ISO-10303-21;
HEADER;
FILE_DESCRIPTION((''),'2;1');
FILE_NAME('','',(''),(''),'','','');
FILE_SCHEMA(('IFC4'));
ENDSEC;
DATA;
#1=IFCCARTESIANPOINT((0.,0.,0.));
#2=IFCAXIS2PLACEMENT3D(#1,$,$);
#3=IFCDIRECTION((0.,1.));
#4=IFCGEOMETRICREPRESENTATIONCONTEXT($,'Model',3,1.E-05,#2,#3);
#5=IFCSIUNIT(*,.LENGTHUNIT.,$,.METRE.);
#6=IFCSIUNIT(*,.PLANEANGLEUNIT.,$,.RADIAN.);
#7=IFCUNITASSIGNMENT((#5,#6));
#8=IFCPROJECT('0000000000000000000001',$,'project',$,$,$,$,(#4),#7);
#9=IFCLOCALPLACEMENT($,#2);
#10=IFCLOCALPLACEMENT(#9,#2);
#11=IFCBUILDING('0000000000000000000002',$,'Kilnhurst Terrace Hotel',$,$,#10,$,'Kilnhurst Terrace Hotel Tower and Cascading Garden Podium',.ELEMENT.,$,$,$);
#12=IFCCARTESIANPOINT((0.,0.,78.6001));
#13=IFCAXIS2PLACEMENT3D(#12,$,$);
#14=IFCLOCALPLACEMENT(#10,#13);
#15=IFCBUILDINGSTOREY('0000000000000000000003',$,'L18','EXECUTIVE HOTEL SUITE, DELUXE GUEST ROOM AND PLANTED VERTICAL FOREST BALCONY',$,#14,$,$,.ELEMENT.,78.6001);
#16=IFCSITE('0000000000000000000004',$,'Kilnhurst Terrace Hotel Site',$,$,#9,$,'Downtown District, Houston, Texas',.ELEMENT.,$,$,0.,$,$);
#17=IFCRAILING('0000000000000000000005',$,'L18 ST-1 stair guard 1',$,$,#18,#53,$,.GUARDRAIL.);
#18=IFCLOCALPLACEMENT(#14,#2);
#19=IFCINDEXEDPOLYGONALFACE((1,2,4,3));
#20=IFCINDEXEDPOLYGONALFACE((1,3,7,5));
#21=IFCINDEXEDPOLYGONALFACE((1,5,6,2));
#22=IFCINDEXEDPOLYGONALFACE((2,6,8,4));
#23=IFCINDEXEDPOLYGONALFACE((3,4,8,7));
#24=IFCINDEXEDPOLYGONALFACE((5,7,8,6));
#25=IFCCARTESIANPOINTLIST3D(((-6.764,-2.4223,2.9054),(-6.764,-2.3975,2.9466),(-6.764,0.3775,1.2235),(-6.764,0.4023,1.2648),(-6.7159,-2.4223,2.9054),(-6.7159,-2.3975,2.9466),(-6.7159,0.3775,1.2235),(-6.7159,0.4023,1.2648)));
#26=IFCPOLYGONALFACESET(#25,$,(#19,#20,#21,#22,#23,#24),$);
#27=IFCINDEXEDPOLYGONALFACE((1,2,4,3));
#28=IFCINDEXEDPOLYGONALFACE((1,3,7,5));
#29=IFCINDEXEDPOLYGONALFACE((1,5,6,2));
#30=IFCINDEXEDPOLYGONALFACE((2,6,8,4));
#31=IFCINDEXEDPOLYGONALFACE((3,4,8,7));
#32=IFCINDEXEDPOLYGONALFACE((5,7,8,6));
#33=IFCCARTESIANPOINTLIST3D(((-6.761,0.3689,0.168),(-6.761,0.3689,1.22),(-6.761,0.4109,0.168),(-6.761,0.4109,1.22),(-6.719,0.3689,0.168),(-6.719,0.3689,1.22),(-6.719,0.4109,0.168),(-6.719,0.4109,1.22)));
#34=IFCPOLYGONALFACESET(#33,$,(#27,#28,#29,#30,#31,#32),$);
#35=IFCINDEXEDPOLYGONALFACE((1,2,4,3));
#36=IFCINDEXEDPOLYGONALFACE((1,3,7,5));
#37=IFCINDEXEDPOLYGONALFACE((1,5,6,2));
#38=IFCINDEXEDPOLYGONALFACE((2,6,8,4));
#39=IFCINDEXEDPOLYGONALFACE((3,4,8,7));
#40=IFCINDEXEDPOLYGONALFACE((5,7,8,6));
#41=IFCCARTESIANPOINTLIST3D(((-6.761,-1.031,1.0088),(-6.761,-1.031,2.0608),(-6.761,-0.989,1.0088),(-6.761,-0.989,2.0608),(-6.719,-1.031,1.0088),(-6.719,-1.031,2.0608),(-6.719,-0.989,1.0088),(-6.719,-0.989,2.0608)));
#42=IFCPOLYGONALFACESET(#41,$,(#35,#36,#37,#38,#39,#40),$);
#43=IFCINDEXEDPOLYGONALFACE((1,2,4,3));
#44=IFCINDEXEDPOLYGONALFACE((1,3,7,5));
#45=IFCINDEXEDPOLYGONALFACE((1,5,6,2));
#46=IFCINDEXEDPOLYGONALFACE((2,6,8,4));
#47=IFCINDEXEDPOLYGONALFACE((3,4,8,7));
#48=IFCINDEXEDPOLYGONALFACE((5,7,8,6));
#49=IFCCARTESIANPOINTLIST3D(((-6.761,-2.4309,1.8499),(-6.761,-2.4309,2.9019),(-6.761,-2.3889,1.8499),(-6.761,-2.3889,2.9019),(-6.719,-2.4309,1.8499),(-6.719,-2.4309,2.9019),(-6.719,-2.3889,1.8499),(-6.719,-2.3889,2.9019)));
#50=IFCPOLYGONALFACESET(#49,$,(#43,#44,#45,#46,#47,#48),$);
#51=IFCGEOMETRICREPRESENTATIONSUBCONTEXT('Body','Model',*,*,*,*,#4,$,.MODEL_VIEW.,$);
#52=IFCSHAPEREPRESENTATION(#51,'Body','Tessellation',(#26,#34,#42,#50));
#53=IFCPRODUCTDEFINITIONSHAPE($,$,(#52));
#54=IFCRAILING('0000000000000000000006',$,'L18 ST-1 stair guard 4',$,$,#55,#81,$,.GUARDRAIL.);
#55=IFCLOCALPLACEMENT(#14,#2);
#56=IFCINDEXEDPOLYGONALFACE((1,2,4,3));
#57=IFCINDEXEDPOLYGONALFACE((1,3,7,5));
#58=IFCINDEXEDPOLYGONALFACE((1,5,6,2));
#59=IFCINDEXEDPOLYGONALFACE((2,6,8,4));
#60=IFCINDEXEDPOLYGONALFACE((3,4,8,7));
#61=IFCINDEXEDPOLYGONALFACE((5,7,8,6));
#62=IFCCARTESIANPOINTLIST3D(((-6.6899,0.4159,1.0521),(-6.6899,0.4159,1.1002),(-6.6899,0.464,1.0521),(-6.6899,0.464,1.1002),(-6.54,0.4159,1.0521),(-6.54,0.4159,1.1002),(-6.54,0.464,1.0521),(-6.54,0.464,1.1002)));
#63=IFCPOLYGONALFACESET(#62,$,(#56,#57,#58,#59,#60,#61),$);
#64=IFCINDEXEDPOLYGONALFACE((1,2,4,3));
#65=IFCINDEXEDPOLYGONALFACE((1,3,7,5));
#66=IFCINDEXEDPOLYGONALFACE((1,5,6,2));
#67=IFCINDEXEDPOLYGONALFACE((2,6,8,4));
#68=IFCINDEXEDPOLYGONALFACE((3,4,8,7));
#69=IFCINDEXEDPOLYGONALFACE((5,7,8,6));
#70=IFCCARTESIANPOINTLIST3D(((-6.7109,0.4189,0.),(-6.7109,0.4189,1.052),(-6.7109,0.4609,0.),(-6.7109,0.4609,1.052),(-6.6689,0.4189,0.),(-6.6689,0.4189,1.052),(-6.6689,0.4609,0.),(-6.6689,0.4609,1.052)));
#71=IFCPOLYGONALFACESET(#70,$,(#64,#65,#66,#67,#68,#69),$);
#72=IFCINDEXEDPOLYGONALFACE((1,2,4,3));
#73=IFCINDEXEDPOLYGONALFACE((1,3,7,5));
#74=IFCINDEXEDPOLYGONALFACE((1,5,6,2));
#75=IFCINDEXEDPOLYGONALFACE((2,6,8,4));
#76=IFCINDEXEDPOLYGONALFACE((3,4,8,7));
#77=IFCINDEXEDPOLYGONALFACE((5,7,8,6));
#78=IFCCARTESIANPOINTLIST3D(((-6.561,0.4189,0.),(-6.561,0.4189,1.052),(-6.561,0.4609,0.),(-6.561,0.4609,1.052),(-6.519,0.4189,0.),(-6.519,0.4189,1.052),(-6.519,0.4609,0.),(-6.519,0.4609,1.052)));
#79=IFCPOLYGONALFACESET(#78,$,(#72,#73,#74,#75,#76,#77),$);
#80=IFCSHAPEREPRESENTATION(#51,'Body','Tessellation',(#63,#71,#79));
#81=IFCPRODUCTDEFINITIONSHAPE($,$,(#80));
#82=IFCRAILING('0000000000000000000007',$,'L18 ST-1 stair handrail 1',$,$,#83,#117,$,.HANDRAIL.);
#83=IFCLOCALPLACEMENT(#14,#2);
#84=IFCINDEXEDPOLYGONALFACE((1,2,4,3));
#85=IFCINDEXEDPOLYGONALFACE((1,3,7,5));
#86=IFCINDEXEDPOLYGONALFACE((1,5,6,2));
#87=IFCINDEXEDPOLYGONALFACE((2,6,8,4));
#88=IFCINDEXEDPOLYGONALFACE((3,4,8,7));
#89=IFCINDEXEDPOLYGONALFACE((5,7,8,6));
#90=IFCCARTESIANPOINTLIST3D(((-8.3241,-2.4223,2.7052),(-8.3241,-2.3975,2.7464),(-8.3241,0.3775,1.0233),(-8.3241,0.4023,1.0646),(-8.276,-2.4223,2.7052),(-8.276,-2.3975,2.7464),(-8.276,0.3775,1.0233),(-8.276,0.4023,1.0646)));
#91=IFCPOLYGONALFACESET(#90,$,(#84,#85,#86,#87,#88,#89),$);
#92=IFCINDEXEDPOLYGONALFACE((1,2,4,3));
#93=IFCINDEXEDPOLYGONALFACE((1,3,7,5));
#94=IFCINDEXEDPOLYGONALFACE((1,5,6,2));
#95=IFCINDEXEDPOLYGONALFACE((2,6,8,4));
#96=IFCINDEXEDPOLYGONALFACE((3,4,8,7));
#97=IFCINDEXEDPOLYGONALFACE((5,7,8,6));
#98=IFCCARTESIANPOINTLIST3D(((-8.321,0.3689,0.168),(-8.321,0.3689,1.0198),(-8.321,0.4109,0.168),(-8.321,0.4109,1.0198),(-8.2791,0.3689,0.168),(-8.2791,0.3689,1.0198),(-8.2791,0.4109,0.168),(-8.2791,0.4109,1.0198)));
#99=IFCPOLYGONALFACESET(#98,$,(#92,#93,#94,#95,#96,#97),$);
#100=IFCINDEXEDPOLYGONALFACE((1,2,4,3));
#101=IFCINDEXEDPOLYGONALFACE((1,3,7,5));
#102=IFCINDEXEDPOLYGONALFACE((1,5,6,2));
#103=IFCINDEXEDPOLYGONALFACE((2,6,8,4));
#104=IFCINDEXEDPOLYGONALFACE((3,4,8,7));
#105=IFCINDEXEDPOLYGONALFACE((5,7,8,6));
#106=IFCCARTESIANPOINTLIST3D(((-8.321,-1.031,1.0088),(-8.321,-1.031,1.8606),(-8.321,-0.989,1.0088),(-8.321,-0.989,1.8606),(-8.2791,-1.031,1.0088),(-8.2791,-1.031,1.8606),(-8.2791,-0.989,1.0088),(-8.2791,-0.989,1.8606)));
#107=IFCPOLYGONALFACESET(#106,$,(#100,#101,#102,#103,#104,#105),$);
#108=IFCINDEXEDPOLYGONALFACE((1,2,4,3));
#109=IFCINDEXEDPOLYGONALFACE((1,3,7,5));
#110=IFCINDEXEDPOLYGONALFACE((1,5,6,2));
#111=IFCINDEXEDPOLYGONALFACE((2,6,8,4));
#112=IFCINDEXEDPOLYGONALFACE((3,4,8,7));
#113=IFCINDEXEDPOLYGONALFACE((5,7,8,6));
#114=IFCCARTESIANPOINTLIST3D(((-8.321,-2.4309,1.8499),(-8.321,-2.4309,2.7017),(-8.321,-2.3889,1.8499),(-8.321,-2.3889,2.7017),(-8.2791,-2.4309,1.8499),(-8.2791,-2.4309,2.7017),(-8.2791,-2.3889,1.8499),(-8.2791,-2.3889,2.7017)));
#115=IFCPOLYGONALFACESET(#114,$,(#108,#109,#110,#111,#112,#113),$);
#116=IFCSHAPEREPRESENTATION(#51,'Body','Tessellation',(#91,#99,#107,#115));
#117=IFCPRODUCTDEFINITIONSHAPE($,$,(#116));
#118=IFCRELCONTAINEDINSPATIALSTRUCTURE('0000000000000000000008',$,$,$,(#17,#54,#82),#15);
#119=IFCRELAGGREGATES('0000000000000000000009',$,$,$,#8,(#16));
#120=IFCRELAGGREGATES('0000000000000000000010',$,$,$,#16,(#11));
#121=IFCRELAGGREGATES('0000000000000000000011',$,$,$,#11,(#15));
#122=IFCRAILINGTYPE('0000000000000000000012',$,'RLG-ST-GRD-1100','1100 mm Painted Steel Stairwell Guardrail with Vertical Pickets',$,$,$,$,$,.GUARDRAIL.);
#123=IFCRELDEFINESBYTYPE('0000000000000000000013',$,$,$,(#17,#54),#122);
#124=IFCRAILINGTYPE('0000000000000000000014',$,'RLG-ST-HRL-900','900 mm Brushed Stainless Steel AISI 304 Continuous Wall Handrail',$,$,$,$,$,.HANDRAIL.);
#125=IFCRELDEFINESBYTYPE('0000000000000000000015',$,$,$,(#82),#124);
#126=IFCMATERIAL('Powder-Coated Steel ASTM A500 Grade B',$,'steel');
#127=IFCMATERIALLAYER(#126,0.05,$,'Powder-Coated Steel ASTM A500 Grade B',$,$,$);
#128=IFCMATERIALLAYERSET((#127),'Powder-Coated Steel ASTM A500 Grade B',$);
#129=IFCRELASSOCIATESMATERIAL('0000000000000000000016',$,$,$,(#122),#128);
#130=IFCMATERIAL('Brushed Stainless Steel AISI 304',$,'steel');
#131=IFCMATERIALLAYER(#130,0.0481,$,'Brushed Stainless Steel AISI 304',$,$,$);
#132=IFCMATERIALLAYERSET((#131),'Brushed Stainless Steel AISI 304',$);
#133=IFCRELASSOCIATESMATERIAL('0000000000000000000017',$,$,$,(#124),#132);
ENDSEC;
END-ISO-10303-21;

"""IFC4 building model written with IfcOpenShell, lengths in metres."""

from ifc_helpers import new_model, si_unit, direction, frame, origin, origin_2d, place, context, subcontext, project, spatial, rectangle, extrude, material, layer, layer_set, type_object, element, save


model = new_model("IFC4")

# Units and contexts
model_context = context("Model", 3, precision=1e-05, world=origin(), true_north=direction((0.0, 1.0)))
body_context = subcontext(model_context, "Body", "Model", "MODEL_VIEW")
ifc_project = project(units=[si_unit("LENGTHUNIT", "METRE"), si_unit("PLANEANGLEUNIT", "RADIAN")], contexts=[model_context])

# Site, building, storey
site_placement = place(None, origin())
site = spatial("IfcSite", under=ifc_project, at=site_placement, Name="Kilnhurst Terrace Hotel Site", LongName="Downtown District, Houston, Texas", CompositionType="ELEMENT", RefElevation=0.0)
building_placement = place(site_placement, origin())
building = spatial("IfcBuilding", under=site, at=building_placement, Name="Kilnhurst Terrace Hotel", LongName="Kilnhurst Terrace Hotel Tower and Cascading Garden Podium", CompositionType="ELEMENT")
storey_placement = place(building_placement, frame((0.0, 0.0, 78.6001)))
storey = spatial("IfcBuildingStorey", under=building, at=storey_placement, Name="L18", Description="EXECUTIVE HOTEL SUITE, DELUXE GUEST ROOM AND PLANTED VERTICAL FOREST BALCONY", CompositionType="ELEMENT", Elevation=78.6001)

# Railings
ifc_material_1 = material(Name="Powder-Coated Steel ASTM A500 Grade B", Category="steel")
ifc_layer_1 = layer(ifc_material_1, 0.05, Name="Powder-Coated Steel ASTM A500 Grade B")
ifc_layer_set_1 = layer_set([ifc_layer_1], Name="Powder-Coated Steel ASTM A500 Grade B")
railing_type_1 = type_object("IfcRailingType", Name="RLG-ST-GRD-1100", Description="1100 mm Painted Steel Stairwell Guardrail with Vertical Pickets", PredefinedType="GUARDRAIL", material=ifc_layer_set_1)
railing_1_placement = place(storey_placement, frame((-6.74, 0.3899, 0.168)))
element("IfcRailing", 1, at=railing_1_placement, inside=storey, type_object=railing_type_1, Name="L18 ST-1 stair guard 1", PredefinedType="GUARDRAIL", context=body_context, shape_type="SweptSolid", body=[
    extrude(rectangle(XDim=0.0481, YDim=0.0481, at=origin_2d()), frame((0.0, 0.0, 1.0762), z_axis=(0.0, -0.857222, 0.514946), x_axis=(1.0, 0.0, 0.0)), (0.0, 0.0, 1.0), 3.2661),
    extrude(rectangle(XDim=0.042, YDim=0.042, at=origin_2d()), origin(), (0.0, 0.0, 1.0), 1.052),
    extrude(rectangle(XDim=0.042, YDim=0.042, at=origin_2d()), frame((0.0, -1.3999, 0.8408)), (0.0, 0.0, 1.0), 1.052),
    extrude(rectangle(XDim=0.042, YDim=0.042, at=origin_2d()), frame((0.0, -2.7998, 1.6819)), (0.0, 0.0, 1.0), 1.052),
])
railing_2_placement = place(storey_placement, frame((-6.6899, 0.4399, 0.0)))
element("IfcRailing", 2, at=railing_2_placement, inside=storey, type_object=railing_type_1, Name="L18 ST-1 stair guard 4", PredefinedType="GUARDRAIL", context=body_context, shape_type="SweptSolid", body=[
    extrude(rectangle(XDim=0.0481, YDim=0.0481, at=origin_2d()), frame((0.0, 0.0, 1.0762), z_axis=(1.0, 0.0, 0.0), x_axis=(0.0, 1.0, 0.0)), (0.0, 0.0, 1.0), 0.1499),
    extrude(rectangle(XDim=0.042, YDim=0.042, at=origin_2d()), origin(), (0.0, 0.0, 1.0), 1.052),
    extrude(rectangle(XDim=0.042, YDim=0.042, at=origin_2d()), frame((0.1499, 0.0, 0.0)), (0.0, 0.0, 1.0), 1.052),
])
ifc_material_2 = material(Name="Brushed Stainless Steel AISI 304", Category="steel")
ifc_layer_2 = layer(ifc_material_2, 0.0481, Name="Brushed Stainless Steel AISI 304")
ifc_layer_set_2 = layer_set([ifc_layer_2], Name="Brushed Stainless Steel AISI 304")
railing_type_2 = type_object("IfcRailingType", Name="RLG-ST-HRL-900", Description="900 mm Brushed Stainless Steel AISI 304 Continuous Wall Handrail", PredefinedType="HANDRAIL", material=ifc_layer_set_2)
railing_3_placement = place(storey_placement, frame((-8.3, 0.3899, 0.168)))
element("IfcRailing", 3, at=railing_3_placement, inside=storey, type_object=railing_type_2, Name="L18 ST-1 stair handrail 1", PredefinedType="HANDRAIL", context=body_context, shape_type="SweptSolid", body=[
    extrude(rectangle(XDim=0.0481, YDim=0.0481, at=origin_2d()), frame((0.0, 0.0, 0.876), z_axis=(0.0, -0.857222, 0.514946), x_axis=(1.0, 0.0, 0.0)), (0.0, 0.0, 1.0), 3.2661),
    extrude(rectangle(XDim=0.042, YDim=0.042, at=origin_2d()), origin(), (0.0, 0.0, 1.0), 0.8518),
    extrude(rectangle(XDim=0.042, YDim=0.042, at=origin_2d()), frame((0.0, -1.3999, 0.8408)), (0.0, 0.0, 1.0), 0.8518),
    extrude(rectangle(XDim=0.042, YDim=0.042, at=origin_2d()), frame((0.0, -2.7998, 1.6819)), (0.0, 0.0, 1.0), 0.8518),
])

save(model, "model.ifc")
